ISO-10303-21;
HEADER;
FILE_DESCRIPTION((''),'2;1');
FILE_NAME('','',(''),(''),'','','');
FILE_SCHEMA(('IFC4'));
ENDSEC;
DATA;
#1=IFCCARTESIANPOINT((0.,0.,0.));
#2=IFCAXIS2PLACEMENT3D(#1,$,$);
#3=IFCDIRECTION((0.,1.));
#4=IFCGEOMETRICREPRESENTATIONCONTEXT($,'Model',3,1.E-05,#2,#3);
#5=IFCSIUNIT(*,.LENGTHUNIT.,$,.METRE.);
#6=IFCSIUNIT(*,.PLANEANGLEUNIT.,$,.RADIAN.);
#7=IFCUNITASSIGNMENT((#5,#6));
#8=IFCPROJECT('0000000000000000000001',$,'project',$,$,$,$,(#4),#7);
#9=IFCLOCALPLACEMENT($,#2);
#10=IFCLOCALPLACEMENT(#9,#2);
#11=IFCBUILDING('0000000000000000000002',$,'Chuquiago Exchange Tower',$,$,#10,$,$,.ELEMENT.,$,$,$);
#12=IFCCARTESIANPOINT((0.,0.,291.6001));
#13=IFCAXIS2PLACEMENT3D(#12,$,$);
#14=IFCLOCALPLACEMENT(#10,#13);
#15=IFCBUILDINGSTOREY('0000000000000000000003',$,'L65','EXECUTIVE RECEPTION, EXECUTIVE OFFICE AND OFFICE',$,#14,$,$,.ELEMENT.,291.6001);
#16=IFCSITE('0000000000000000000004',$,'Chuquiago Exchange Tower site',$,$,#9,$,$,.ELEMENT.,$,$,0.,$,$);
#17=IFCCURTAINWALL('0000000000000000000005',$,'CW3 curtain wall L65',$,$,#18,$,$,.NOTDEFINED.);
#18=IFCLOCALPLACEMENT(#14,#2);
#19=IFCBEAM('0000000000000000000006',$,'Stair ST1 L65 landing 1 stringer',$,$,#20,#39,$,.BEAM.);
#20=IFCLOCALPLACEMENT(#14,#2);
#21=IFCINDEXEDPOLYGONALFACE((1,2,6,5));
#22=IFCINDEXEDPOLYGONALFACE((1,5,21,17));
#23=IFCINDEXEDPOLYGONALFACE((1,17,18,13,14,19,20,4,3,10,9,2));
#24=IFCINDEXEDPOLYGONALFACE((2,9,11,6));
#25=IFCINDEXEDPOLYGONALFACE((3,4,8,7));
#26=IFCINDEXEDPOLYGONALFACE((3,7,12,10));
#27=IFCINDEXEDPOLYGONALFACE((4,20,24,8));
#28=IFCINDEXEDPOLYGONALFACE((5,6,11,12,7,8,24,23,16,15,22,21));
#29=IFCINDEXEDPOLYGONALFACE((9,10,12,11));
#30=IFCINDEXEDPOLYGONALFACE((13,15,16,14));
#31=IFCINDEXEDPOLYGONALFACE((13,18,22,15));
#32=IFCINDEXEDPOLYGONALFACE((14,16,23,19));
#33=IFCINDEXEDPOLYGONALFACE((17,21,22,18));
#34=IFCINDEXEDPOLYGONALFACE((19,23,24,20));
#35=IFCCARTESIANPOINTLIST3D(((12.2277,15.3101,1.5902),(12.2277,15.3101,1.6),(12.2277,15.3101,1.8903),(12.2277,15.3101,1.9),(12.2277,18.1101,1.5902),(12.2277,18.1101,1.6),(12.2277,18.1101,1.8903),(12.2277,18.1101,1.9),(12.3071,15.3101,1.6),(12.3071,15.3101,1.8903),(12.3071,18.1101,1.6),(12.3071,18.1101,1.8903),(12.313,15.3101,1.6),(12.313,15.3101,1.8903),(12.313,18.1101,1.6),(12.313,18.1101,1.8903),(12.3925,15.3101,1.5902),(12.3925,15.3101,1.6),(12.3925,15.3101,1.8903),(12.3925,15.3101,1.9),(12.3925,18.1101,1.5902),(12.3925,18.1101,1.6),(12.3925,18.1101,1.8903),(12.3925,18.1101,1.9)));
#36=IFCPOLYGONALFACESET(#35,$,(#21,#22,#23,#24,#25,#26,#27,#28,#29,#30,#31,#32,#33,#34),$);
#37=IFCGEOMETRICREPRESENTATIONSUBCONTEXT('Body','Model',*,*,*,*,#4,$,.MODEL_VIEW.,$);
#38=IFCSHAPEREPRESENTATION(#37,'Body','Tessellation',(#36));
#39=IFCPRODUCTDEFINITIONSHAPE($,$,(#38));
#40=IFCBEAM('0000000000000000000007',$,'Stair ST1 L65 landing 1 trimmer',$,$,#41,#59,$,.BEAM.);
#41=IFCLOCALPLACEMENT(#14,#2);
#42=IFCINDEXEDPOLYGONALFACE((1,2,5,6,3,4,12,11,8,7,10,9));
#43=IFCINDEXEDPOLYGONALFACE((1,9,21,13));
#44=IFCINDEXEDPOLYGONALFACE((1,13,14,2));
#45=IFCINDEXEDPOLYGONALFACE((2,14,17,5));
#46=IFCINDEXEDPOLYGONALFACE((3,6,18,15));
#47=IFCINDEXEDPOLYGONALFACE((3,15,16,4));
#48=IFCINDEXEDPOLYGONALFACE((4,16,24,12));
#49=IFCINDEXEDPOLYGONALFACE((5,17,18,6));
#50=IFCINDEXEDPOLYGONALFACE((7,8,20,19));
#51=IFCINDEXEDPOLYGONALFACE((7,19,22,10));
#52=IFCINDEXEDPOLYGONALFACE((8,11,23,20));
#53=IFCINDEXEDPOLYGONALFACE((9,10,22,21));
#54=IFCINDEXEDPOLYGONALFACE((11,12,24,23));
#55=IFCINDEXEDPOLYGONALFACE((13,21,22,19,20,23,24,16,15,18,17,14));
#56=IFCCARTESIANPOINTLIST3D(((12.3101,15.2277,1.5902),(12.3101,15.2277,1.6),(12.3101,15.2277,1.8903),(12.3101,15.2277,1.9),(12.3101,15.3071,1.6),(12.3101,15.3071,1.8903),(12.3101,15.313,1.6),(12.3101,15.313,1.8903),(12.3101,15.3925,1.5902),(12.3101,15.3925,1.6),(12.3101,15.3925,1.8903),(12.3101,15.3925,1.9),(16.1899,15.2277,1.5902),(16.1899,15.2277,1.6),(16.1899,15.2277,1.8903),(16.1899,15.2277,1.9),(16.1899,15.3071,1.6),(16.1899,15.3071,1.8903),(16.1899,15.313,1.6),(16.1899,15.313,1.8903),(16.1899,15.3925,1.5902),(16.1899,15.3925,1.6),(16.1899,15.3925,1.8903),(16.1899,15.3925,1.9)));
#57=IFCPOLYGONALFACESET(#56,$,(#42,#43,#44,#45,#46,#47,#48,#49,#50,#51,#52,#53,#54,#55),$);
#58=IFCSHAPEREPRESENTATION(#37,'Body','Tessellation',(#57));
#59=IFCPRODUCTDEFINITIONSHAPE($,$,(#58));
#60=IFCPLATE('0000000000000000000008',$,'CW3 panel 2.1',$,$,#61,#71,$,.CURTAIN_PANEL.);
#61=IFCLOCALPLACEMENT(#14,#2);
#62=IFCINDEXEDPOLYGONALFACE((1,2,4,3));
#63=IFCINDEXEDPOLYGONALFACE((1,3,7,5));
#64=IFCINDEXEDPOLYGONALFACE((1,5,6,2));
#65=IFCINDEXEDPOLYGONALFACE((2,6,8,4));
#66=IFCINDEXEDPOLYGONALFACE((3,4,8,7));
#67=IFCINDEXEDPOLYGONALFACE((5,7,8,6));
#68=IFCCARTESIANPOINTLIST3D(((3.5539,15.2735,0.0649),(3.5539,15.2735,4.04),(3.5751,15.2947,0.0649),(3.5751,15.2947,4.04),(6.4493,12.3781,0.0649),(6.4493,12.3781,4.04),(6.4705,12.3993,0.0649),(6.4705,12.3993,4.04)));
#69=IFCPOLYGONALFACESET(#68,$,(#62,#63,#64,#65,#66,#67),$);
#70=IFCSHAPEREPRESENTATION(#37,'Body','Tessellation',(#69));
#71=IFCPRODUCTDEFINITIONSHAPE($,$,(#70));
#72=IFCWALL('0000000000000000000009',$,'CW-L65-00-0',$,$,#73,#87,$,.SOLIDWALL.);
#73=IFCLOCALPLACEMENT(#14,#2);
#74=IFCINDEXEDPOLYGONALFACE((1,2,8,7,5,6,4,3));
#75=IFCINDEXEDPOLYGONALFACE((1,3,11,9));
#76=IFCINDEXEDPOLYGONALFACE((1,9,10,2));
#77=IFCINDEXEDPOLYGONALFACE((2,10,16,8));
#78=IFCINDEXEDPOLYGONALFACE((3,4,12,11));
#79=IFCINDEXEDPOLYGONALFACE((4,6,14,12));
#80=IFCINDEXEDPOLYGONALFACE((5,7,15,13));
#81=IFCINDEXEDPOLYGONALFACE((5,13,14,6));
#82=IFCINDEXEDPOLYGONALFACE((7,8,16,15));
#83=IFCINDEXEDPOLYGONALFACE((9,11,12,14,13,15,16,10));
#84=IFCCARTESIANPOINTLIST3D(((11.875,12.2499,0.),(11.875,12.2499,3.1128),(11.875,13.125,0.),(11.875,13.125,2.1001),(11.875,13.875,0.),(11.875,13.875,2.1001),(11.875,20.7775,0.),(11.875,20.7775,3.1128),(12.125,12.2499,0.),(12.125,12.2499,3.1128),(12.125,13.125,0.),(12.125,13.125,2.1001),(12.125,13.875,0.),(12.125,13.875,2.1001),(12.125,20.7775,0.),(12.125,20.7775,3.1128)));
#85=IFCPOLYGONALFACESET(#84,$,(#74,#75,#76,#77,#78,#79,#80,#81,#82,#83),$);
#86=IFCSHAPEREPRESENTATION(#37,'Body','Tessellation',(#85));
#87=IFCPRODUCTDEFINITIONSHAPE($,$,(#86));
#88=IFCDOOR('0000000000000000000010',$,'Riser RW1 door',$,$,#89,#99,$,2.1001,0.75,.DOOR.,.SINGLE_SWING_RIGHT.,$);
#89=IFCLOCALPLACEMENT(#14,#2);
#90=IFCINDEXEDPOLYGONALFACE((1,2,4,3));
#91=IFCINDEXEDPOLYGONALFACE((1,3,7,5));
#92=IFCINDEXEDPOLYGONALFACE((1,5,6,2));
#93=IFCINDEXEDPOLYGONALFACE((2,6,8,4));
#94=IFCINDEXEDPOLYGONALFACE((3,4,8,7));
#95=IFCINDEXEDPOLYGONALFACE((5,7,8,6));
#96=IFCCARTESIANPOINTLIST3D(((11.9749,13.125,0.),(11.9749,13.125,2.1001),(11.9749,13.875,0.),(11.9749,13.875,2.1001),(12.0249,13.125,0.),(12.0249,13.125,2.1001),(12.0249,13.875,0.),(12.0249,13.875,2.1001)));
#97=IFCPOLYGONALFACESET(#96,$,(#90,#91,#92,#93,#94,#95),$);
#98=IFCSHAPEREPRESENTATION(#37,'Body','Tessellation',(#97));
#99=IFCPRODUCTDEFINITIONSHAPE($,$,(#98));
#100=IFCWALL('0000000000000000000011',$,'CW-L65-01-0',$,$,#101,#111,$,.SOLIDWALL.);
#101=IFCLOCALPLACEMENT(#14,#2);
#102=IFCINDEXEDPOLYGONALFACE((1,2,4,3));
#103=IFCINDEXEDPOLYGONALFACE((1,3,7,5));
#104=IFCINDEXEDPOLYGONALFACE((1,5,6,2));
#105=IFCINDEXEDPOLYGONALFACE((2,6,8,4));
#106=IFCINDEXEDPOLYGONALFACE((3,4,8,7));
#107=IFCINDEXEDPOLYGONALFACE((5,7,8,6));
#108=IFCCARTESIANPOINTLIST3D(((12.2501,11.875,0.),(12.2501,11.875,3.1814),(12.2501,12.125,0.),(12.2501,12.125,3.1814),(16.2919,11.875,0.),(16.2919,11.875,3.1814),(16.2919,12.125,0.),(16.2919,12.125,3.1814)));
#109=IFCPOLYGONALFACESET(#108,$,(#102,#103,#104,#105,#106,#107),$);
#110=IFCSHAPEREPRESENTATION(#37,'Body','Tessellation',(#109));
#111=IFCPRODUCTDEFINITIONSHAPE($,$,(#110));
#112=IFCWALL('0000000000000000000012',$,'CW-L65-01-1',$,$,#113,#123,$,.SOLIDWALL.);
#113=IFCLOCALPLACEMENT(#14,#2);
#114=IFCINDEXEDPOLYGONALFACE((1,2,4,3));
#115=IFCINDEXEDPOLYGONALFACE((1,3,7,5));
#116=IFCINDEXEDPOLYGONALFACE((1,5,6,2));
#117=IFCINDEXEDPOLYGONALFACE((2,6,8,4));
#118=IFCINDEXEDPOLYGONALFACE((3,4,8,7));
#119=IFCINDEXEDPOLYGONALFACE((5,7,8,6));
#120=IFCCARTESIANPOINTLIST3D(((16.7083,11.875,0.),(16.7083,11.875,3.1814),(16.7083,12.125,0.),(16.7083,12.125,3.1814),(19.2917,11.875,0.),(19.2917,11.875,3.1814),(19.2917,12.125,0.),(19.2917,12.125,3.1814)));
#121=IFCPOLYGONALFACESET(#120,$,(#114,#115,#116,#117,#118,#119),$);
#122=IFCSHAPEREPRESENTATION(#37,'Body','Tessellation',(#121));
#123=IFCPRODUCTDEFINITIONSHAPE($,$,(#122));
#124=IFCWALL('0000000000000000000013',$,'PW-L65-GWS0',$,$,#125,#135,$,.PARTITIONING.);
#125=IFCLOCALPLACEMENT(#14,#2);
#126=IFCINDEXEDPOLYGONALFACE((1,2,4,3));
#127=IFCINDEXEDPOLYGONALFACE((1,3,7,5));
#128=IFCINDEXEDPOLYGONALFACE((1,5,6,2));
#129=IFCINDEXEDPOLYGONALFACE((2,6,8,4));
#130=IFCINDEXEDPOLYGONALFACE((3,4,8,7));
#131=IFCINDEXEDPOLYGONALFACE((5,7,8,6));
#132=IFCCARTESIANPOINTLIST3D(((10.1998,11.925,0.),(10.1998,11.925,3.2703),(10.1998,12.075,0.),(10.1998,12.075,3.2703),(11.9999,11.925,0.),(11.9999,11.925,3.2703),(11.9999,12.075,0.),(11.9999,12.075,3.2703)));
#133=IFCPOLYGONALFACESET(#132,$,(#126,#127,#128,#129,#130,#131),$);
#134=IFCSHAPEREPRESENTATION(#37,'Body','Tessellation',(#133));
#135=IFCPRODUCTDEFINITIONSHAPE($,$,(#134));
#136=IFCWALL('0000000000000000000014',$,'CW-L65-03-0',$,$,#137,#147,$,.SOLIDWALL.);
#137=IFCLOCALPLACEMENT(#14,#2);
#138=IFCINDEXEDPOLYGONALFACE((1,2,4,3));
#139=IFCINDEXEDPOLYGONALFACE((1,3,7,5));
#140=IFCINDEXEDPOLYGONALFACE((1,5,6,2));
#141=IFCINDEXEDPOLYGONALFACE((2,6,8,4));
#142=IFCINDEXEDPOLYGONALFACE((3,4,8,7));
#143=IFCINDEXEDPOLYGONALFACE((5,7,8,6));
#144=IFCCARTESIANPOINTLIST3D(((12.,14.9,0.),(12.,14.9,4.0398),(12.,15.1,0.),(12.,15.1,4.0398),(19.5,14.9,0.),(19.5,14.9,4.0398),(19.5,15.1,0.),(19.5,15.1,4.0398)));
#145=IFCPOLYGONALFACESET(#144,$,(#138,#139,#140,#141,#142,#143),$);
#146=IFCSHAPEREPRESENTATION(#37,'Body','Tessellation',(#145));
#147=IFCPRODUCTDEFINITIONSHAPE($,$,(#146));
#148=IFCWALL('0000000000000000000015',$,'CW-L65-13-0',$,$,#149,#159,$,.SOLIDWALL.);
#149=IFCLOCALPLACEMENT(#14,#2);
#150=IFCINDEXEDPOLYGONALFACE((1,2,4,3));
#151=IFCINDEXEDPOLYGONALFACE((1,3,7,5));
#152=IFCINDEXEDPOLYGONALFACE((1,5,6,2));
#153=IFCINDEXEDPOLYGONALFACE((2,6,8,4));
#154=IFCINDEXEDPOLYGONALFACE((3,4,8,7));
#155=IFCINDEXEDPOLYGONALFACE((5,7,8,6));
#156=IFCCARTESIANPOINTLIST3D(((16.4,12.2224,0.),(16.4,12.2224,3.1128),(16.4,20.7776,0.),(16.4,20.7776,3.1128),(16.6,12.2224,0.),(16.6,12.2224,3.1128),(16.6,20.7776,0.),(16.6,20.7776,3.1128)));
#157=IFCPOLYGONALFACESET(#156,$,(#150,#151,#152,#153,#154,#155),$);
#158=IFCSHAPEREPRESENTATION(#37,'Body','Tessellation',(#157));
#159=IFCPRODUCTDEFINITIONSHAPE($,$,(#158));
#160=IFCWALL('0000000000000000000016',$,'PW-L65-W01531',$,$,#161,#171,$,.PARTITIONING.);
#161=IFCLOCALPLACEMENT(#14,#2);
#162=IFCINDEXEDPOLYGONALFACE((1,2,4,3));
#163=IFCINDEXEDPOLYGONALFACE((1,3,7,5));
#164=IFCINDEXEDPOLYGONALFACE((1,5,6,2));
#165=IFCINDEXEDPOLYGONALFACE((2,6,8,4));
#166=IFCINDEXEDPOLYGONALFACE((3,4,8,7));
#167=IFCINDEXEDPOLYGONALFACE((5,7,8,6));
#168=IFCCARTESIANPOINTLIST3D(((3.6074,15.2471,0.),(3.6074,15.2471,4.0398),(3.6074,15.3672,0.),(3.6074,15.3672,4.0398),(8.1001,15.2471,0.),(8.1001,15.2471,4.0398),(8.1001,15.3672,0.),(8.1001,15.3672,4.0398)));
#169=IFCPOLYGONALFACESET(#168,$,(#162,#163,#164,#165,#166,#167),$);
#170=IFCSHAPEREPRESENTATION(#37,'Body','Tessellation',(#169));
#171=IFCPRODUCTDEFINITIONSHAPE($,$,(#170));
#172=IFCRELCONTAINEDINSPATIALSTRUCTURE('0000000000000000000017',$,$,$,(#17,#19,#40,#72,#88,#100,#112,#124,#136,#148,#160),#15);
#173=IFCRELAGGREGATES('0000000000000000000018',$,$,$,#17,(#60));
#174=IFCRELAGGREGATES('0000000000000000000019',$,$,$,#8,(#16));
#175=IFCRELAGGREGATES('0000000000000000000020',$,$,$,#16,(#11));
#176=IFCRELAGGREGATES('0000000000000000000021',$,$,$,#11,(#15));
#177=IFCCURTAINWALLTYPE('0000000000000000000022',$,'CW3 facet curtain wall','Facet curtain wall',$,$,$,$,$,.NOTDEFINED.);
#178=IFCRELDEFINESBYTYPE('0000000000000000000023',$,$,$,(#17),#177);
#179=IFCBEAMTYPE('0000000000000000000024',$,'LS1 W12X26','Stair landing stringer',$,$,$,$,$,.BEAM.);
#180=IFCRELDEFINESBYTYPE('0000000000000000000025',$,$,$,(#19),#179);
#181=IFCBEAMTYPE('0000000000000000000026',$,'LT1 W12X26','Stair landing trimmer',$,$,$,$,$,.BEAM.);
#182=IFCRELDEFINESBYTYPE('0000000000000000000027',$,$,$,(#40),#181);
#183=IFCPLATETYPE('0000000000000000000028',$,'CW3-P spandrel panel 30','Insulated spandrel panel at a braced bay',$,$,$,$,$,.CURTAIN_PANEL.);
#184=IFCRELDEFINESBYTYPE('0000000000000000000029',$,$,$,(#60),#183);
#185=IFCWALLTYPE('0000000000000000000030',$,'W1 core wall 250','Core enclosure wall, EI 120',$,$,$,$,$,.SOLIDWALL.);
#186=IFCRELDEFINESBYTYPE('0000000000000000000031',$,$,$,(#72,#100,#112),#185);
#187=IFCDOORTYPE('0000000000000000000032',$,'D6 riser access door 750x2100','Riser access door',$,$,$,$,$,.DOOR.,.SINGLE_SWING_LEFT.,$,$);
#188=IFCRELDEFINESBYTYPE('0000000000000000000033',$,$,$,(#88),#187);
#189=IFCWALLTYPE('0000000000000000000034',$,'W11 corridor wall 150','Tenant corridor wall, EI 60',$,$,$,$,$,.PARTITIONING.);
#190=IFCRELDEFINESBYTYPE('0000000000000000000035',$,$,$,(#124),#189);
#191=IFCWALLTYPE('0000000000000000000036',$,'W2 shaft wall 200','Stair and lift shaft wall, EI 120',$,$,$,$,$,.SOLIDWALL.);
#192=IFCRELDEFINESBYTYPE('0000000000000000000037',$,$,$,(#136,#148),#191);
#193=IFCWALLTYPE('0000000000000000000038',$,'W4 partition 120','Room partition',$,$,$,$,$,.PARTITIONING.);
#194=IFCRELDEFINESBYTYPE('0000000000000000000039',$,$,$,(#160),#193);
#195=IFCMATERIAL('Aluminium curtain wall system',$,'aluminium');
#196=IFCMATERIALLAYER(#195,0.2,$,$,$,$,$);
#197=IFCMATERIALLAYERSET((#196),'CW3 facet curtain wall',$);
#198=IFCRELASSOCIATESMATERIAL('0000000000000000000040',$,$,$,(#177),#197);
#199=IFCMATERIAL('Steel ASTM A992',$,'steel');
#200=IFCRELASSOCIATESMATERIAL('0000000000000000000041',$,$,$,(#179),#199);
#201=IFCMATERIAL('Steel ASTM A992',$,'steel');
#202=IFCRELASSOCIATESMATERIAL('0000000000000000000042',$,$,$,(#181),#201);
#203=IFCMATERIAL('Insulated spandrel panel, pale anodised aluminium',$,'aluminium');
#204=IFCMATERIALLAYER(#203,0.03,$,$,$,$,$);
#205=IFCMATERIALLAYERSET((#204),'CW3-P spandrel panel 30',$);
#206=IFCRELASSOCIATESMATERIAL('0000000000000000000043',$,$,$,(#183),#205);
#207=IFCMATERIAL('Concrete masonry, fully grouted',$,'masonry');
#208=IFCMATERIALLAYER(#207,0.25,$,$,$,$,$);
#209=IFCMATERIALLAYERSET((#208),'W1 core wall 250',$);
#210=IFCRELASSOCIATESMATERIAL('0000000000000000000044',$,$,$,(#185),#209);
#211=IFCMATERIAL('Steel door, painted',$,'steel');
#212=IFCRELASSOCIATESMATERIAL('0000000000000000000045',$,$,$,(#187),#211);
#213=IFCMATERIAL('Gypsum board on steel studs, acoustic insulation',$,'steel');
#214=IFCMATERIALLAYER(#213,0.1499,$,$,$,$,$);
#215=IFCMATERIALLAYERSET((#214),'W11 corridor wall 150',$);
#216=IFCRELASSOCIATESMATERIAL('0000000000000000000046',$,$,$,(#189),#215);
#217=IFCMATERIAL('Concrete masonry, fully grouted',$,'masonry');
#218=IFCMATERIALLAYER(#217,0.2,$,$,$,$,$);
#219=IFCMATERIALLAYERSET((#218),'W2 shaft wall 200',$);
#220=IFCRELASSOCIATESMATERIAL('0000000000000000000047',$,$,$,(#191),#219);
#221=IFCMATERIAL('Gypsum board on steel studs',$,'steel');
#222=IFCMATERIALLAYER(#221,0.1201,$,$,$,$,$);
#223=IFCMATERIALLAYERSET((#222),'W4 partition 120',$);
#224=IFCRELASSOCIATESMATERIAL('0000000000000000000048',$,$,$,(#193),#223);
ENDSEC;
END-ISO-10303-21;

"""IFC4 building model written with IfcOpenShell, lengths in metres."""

from ifc_helpers import new_model, si_unit, direction, frame, frame_2d, origin, origin_2d, place, context, subcontext, project, spatial, rectangle, i_section, extrude, material, layer, layer_set, material_profile, profile_set, type_object, element, fill, aggregate, save


model = new_model("IFC4")

# Units and contexts
model_context = context("Model", 3, precision=1e-05, world=origin(), true_north=direction((0.0, 1.0)))
body_context = subcontext(model_context, "Body", "Model", "MODEL_VIEW")
ifc_project = project(units=[si_unit("LENGTHUNIT", "METRE"), si_unit("PLANEANGLEUNIT", "RADIAN")], contexts=[model_context])

# Site, building, storey
site_placement = place(None, origin())
site = spatial("IfcSite", under=ifc_project, at=site_placement, Name="Chuquiago Exchange Tower site", CompositionType="ELEMENT", RefElevation=0.0)
building_placement = place(site_placement, origin())
building = spatial("IfcBuilding", under=site, at=building_placement, Name="Chuquiago Exchange Tower", CompositionType="ELEMENT")
storey_placement = place(building_placement, frame((0.0, 0.0, 291.6001)))
storey = spatial("IfcBuildingStorey", under=building, at=storey_placement, Name="L65", Description="EXECUTIVE RECEPTION, EXECUTIVE OFFICE AND OFFICE", CompositionType="ELEMENT", Elevation=291.6001)

# Curtain wall
ifc_material_1 = material(Name="Aluminium curtain wall system", Category="aluminium")
ifc_layer_1 = layer(ifc_material_1, 0.2)
ifc_layer_set_1 = layer_set([ifc_layer_1], Name="CW3 facet curtain wall")
curtain_wall_type = type_object("IfcCurtainWallType", Name="CW3 facet curtain wall", Description="Facet curtain wall", PredefinedType="NOTDEFINED", material=ifc_layer_set_1)
curtain_wall_placement = place(storey_placement, origin())
curtain_wall = element("IfcCurtainWall", 1, at=curtain_wall_placement, inside=storey, type_object=curtain_wall_type, Name="CW3 curtain wall L65", PredefinedType="NOTDEFINED")

# Beams
ifc_material_2 = material(Name="Steel ASTM A992", Category="steel")
ifc_material_profile_1 = material_profile(ifc_material_2, i_section(OverallWidth=0.1648, OverallDepth=0.3098, WebThickness=0.0059, FlangeThickness=0.0098, at=origin_2d()), Name="W12X26")
ifc_profile_set_1 = profile_set([ifc_material_profile_1], Name="Steel ASTM A992")
beam_type_1 = type_object("IfcBeamType", Name="LS1 W12X26", Description="Stair landing stringer", PredefinedType="BEAM", material=ifc_profile_set_1)
beam_1_placement = place(storey_placement, frame((12.3101, 15.3101, 1.7451), z_axis=(0.0, 1.0, 0.0), x_axis=(-1.0, 0.0, 0.0)))
element("IfcBeam", 2, at=beam_1_placement, inside=storey, type_object=beam_type_1, Name="Stair ST1 L65 landing 1 stringer", PredefinedType="BEAM", context=body_context, shape_type="SweptSolid", body=[
    extrude(i_section(OverallWidth=0.1648, OverallDepth=0.3098, WebThickness=0.0059, FlangeThickness=0.0098, at=origin_2d()), origin(), (0.0, 0.0, 1.0), 2.8),
])
ifc_material_3 = material(Name="Steel ASTM A992", Category="steel")
ifc_material_profile_2 = material_profile(ifc_material_3, i_section(OverallWidth=0.1648, OverallDepth=0.3098, WebThickness=0.0059, FlangeThickness=0.0098, at=origin_2d()), Name="W12X26")
ifc_profile_set_2 = profile_set([ifc_material_profile_2], Name="Steel ASTM A992")
beam_type_2 = type_object("IfcBeamType", Name="LT1 W12X26", Description="Stair landing trimmer", PredefinedType="BEAM", material=ifc_profile_set_2)
beam_2_placement = place(storey_placement, frame((12.3101, 15.3101, 1.7451), z_axis=(1.0, 0.0, 0.0), x_axis=(0.0, 1.0, 0.0)))
element("IfcBeam", 3, at=beam_2_placement, inside=storey, type_object=beam_type_2, Name="Stair ST1 L65 landing 1 trimmer", PredefinedType="BEAM", context=body_context, shape_type="SweptSolid", body=[
    extrude(i_section(OverallWidth=0.1648, OverallDepth=0.3098, WebThickness=0.0059, FlangeThickness=0.0098, at=origin_2d()), origin(), (0.0, 0.0, 1.0), 3.8799),
])

# Plate
ifc_material_4 = material(Name="Insulated spandrel panel, pale anodised aluminium", Category="aluminium")
ifc_layer_2 = layer(ifc_material_4, 0.03)
ifc_layer_set_2 = layer_set([ifc_layer_2], Name="CW3-P spandrel panel 30")
plate_type = type_object("IfcPlateType", Name="CW3-P spandrel panel 30", Description="Insulated spandrel panel at a braced bay", PredefinedType="CURTAIN_PANEL", material=ifc_layer_set_2)
plate_placement = place(storey_placement, frame((5.0122, 13.8364, 0.0649), z_axis=(0.0, 0.0, 1.0), x_axis=(0.707107, -0.707107, 0.0)))
plate = element("IfcPlate", 4, at=plate_placement, type_object=plate_type, Name="CW3 panel 2.1", PredefinedType="CURTAIN_PANEL", context=body_context, shape_type="SweptSolid", body=[
    extrude(rectangle(XDim=4.0947, YDim=0.03, at=origin_2d()), origin(), (0.0, 0.0, 1.0), 3.9751),
])
aggregate(curtain_wall, [plate])

# Wall, opening, door
ifc_material_5 = material(Name="Concrete masonry, fully grouted", Category="masonry")
ifc_layer_3 = layer(ifc_material_5, 0.25)
ifc_layer_set_3 = layer_set([ifc_layer_3], Name="W1 core wall 250")
wall_type_1 = type_object("IfcWallType", Name="W1 core wall 250", Description="Core enclosure wall, EI 120", PredefinedType="SOLIDWALL", material=ifc_layer_set_3)
wall_1_placement = place(storey_placement, frame((12.0, 12.25, 0.0), z_axis=(0.0, 0.0, 1.0), x_axis=(0.0, 1.0, 0.0)))
wall_1 = element("IfcWall", 5, at=wall_1_placement, inside=storey, type_object=wall_type_1, Name="CW-L65-00-0", PredefinedType="SOLIDWALL", context=body_context, shape_type="SweptSolid", body=[
    extrude(rectangle(XDim=8.5276, YDim=0.25, at=frame_2d((4.2637, 0.0))), origin(), (0.0, 0.0, 1.0), 3.1128),
])
opening_1_placement = place(wall_1_placement, frame((0.875, 0.0, 0.0)))
opening_1 = element("IfcOpeningElement", 6, at=opening_1_placement, cuts=wall_1, PredefinedType="OPENING", context=body_context, shape_type="SweptSolid", body=[
    extrude(rectangle(XDim=0.75, YDim=2.1001, at=frame_2d((0.375, 1.05))), frame((0.0, 0.135, 0.0), z_axis=(0.0, -1.0, 0.0), x_axis=(1.0, 0.0, 0.0)), (0.0, 0.0, 1.0), 0.27),
])
ifc_material_6 = material(Name="Steel door, painted", Category="steel")
door_type_1 = type_object("IfcDoorType", Name="D6 riser access door 750x2100", Description="Riser access door", OperationType="SINGLE_SWING_LEFT", PredefinedType="DOOR", material=ifc_material_6)
door_1_placement = place(opening_1_placement, frame((0.75, 0.0, 0.0), z_axis=(0.0, 0.0, 1.0), x_axis=(-1.0, 0.0, 0.0)))
door_1 = element("IfcDoor", 7, at=door_1_placement, inside=storey, type_object=door_type_1, Name="Riser RW1 door", OperationType="SINGLE_SWING_RIGHT", OverallHeight=2.1001, OverallWidth=0.75, PredefinedType="DOOR", context=body_context, shape_type="SweptSolid", body=[
    extrude(rectangle(XDim=0.75, YDim=2.1001, at=frame_2d((0.375, 1.05))), frame((0.0, 0.0249, 0.0), z_axis=(0.0, -1.0, 0.0), x_axis=(1.0, 0.0, 0.0)), (0.0, 0.0, 1.0), 0.05),
])
fill(opening_1, door_1)

# Walls
wall_2_placement = place(storey_placement, frame((12.25, 12.0, 0.0), z_axis=(0.0, 0.0, 1.0), x_axis=(1.0, 0.0, 0.0)))
element("IfcWall", 8, at=wall_2_placement, inside=storey, type_object=wall_type_1, Name="CW-L65-01-0", PredefinedType="SOLIDWALL", context=body_context, shape_type="SweptSolid", body=[
    extrude(rectangle(XDim=4.0417, YDim=0.25, at=frame_2d((2.021, 0.0))), origin(), (0.0, 0.0, 1.0), 3.1814),
])
wall_3_placement = place(storey_placement, frame((16.7083, 12.0, 0.0), z_axis=(0.0, 0.0, 1.0), x_axis=(1.0, 0.0, 0.0)))
element("IfcWall", 9, at=wall_3_placement, inside=storey, type_object=wall_type_1, Name="CW-L65-01-1", PredefinedType="SOLIDWALL", context=body_context, shape_type="SweptSolid", body=[
    extrude(rectangle(XDim=2.5835, YDim=0.25, at=frame_2d((1.2917, 0.0))), origin(), (0.0, 0.0, 1.0), 3.1814),
])
ifc_material_7 = material(Name="Gypsum board on steel studs, acoustic insulation", Category="steel")
ifc_layer_4 = layer(ifc_material_7, 0.1499)
ifc_layer_set_4 = layer_set([ifc_layer_4], Name="W11 corridor wall 150")
wall_type_2 = type_object("IfcWallType", Name="W11 corridor wall 150", Description="Tenant corridor wall, EI 60", PredefinedType="PARTITIONING", material=ifc_layer_set_4)
wall_4_placement = place(storey_placement, frame((10.2, 12.0, 0.0), z_axis=(0.0, 0.0, 1.0), x_axis=(1.0, 0.0, 0.0)))
element("IfcWall", 10, at=wall_4_placement, inside=storey, type_object=wall_type_2, Name="PW-L65-GWS0", PredefinedType="PARTITIONING", context=body_context, shape_type="SweptSolid", body=[
    extrude(rectangle(XDim=1.8, YDim=0.1499, at=frame_2d((0.8999, 0.0))), origin(), (0.0, 0.0, 1.0), 3.2703),
])
ifc_material_8 = material(Name="Concrete masonry, fully grouted", Category="masonry")
ifc_layer_5 = layer(ifc_material_8, 0.2)
ifc_layer_set_5 = layer_set([ifc_layer_5], Name="W2 shaft wall 200")
wall_type_3 = type_object("IfcWallType", Name="W2 shaft wall 200", Description="Stair and lift shaft wall, EI 120", PredefinedType="SOLIDWALL", material=ifc_layer_set_5)
wall_5_placement = place(storey_placement, frame((12.0, 15.0, 0.0), z_axis=(0.0, 0.0, 1.0), x_axis=(1.0, 0.0, 0.0)))
element("IfcWall", 11, at=wall_5_placement, inside=storey, type_object=wall_type_3, Name="CW-L65-03-0", PredefinedType="SOLIDWALL", context=body_context, shape_type="SweptSolid", body=[
    extrude(rectangle(XDim=7.5, YDim=0.2, at=frame_2d((3.75, 0.0))), origin(), (0.0, 0.0, 1.0), 4.0398),
])
wall_6_placement = place(storey_placement, frame((16.5, 12.2224, 0.0), z_axis=(0.0, 0.0, 1.0), x_axis=(0.0, 1.0, 0.0)))
element("IfcWall", 12, at=wall_6_placement, inside=storey, type_object=wall_type_3, Name="CW-L65-13-0", PredefinedType="SOLIDWALL", context=body_context, shape_type="SweptSolid", body=[
    extrude(rectangle(XDim=8.5552, YDim=0.2, at=frame_2d((4.2776, 0.0))), origin(), (0.0, 0.0, 1.0), 3.1128),
])
ifc_material_9 = material(Name="Gypsum board on steel studs", Category="steel")
ifc_layer_6 = layer(ifc_material_9, 0.1201)
ifc_layer_set_6 = layer_set([ifc_layer_6], Name="W4 partition 120")
wall_type_4 = type_object("IfcWallType", Name="W4 partition 120", Description="Room partition", PredefinedType="PARTITIONING", material=ifc_layer_set_6)
wall_7_placement = place(storey_placement, frame((3.6074, 15.3071, 0.0), z_axis=(0.0, 0.0, 1.0), x_axis=(1.0, 0.0, 0.0)))
element("IfcWall", 13, at=wall_7_placement, inside=storey, type_object=wall_type_4, Name="PW-L65-W01531", PredefinedType="PARTITIONING", context=body_context, shape_type="SweptSolid", body=[
    extrude(rectangle(XDim=4.4927, YDim=0.1201, at=frame_2d((2.2463, 0.0))), origin(), (0.0, 0.0, 1.0), 4.0398),
])

save(model, "model.ifc")
